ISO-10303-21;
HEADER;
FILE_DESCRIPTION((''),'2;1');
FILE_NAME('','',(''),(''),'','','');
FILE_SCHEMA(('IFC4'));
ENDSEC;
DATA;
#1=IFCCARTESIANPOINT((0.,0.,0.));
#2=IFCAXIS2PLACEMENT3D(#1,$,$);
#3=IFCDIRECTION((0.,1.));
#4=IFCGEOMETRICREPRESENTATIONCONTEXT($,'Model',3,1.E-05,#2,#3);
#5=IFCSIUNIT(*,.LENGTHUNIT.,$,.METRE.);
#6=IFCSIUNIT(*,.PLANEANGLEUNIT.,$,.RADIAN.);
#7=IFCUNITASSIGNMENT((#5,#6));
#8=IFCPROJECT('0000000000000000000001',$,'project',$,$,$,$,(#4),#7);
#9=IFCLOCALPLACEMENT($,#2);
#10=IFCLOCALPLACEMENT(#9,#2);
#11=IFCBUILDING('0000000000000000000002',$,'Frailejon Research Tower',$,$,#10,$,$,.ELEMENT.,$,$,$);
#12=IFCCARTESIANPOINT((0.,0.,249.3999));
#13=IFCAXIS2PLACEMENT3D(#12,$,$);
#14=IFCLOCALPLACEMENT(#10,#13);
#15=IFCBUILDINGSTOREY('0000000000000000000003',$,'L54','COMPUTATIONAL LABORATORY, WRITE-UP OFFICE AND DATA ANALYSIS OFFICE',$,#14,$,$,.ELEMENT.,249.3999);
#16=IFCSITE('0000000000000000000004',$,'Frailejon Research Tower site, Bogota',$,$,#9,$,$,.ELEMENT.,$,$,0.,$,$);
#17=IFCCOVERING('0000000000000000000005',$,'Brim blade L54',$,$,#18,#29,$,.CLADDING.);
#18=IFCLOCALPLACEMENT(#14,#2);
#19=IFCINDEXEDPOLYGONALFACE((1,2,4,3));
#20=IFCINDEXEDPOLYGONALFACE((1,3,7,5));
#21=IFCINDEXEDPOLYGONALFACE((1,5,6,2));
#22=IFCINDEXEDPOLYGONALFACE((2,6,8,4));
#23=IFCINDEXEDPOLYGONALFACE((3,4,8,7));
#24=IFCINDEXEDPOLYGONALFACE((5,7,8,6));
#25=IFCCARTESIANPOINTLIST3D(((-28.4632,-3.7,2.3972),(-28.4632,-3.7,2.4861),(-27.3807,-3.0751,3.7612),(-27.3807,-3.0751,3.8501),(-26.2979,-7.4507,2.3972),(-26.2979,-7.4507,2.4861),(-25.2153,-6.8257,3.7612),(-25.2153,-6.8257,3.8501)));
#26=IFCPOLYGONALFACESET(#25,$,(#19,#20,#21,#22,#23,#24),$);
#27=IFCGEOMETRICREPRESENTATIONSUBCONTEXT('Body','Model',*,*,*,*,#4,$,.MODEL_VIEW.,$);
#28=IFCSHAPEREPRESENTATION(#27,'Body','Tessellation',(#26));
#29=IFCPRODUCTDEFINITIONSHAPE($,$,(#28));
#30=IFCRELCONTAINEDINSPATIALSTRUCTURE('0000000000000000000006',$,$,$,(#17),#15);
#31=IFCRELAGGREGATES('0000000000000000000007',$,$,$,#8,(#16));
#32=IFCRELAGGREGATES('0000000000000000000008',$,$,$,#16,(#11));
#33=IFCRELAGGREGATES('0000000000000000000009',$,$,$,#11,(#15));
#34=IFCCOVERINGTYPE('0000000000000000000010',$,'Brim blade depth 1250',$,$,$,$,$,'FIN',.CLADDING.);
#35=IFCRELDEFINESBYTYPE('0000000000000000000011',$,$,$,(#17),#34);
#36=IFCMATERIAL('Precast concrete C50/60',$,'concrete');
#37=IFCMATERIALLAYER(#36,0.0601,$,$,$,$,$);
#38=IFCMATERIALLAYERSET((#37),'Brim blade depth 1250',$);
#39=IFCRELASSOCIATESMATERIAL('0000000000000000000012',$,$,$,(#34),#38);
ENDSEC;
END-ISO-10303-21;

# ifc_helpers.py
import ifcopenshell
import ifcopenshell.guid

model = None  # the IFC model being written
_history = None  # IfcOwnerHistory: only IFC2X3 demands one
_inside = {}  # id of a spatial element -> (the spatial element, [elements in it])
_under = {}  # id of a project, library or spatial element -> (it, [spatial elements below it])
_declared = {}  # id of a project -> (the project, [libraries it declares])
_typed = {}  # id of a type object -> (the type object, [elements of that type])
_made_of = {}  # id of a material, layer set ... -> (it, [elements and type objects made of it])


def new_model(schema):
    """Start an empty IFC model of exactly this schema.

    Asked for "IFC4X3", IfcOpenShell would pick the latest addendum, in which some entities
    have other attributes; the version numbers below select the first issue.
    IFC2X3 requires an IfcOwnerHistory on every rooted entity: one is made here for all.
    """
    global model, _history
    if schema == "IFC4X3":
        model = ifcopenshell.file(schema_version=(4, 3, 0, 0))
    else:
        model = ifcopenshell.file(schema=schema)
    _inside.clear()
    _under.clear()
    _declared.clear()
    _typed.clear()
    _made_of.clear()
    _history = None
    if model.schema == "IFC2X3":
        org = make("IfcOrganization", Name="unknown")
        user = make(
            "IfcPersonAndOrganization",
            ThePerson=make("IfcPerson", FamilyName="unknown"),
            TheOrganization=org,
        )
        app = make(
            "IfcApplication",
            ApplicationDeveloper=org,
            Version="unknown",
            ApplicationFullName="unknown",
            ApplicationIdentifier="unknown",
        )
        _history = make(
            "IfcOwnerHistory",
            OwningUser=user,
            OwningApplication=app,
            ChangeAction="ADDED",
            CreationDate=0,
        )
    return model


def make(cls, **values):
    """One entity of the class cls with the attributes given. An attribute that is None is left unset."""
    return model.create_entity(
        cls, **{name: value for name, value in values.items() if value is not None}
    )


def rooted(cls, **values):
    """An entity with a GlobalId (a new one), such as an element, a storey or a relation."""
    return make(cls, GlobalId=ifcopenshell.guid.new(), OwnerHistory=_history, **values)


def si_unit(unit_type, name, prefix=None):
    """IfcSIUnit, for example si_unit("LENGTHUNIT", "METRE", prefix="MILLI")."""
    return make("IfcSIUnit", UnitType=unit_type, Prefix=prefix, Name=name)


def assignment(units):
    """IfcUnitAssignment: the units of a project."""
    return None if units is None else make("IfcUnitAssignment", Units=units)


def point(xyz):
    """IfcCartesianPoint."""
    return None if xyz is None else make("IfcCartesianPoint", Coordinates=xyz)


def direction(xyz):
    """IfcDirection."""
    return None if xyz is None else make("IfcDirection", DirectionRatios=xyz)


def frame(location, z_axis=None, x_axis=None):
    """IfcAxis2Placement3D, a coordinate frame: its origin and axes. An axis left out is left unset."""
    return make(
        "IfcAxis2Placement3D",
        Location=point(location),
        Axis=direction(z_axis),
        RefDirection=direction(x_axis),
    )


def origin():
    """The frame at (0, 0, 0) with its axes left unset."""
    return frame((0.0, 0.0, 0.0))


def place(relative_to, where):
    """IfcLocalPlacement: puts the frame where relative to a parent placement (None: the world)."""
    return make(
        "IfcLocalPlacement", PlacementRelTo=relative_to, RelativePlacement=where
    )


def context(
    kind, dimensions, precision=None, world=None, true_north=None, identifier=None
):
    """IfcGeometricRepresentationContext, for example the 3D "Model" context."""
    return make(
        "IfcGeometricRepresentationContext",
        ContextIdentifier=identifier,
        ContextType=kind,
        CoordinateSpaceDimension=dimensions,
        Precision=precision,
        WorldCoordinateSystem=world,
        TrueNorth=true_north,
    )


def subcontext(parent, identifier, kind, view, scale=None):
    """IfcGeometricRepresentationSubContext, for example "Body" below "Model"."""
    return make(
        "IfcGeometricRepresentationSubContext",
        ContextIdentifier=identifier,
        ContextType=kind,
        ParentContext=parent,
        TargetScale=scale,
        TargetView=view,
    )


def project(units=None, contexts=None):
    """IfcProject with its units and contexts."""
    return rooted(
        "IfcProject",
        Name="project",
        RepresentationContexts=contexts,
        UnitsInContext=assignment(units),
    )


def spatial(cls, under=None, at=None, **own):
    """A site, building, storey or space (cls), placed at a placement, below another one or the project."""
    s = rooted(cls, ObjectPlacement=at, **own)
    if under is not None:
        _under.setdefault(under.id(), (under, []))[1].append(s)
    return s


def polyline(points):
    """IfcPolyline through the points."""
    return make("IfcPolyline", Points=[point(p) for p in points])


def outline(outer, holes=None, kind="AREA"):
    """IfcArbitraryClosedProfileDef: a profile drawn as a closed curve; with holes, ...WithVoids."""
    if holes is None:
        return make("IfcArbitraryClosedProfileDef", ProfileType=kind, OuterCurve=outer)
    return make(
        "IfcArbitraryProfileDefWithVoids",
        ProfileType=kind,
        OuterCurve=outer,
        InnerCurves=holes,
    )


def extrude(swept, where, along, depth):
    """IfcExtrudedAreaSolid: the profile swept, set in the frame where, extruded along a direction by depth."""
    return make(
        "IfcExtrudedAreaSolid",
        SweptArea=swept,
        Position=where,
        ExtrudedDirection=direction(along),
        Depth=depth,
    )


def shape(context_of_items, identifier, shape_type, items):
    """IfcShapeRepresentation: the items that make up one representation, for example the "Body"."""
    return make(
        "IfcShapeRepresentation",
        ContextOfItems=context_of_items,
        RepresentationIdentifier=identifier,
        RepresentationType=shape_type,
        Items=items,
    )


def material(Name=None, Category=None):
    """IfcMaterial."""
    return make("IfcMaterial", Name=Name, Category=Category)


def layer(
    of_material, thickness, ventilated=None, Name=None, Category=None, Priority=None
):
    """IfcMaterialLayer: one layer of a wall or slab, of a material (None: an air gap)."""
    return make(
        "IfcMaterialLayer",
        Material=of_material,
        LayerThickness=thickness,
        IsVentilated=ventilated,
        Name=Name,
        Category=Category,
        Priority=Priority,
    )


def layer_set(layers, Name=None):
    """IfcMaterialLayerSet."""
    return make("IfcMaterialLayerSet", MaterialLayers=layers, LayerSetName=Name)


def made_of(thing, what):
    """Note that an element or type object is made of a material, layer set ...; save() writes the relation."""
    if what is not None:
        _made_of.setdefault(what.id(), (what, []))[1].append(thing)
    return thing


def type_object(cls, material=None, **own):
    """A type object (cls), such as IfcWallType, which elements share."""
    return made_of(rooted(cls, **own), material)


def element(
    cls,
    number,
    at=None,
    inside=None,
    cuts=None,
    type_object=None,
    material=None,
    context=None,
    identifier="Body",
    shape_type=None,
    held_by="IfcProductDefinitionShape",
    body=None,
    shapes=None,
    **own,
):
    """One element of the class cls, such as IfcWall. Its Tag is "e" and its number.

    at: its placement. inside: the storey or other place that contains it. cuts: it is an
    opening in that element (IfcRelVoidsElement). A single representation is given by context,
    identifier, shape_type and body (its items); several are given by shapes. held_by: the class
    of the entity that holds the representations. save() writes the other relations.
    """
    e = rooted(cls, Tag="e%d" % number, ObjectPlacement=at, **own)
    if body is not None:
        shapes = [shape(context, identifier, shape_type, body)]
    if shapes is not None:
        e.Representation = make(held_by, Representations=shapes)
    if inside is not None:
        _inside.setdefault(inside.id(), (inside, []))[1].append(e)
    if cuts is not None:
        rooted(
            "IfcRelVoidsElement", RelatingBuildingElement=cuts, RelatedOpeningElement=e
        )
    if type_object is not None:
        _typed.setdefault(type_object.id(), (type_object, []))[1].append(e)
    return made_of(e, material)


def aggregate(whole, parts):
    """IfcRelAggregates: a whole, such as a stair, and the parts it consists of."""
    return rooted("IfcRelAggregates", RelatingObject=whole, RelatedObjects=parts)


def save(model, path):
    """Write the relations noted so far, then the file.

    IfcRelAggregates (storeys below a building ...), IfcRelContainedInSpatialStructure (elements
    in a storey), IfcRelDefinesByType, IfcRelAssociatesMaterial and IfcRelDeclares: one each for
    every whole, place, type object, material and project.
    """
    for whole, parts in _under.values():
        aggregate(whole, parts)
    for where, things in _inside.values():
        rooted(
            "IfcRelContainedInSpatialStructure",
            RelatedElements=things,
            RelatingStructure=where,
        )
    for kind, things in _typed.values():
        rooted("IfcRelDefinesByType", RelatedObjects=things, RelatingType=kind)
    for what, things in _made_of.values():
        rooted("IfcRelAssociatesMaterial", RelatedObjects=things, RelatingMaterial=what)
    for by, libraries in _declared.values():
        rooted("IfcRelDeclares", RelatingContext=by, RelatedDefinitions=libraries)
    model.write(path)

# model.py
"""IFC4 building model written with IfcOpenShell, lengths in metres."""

from ifc_helpers import new_model, si_unit, direction, frame, origin, place, context, subcontext, project, spatial, polyline, outline, extrude, material, layer, layer_set, type_object, element, save


model = new_model("IFC4")

# Units and contexts
model_context = context("Model", 3, precision=1e-05, world=origin(), true_north=direction((0.0, 1.0)))
body_context = subcontext(model_context, "Body", "Model", "MODEL_VIEW")
ifc_project = project(units=[si_unit("LENGTHUNIT", "METRE"), si_unit("PLANEANGLEUNIT", "RADIAN")], contexts=[model_context])

# Site, building, storey
site_placement = place(None, origin())
site = spatial("IfcSite", under=ifc_project, at=site_placement, Name="Frailejon Research Tower site, Bogota", CompositionType="ELEMENT", RefElevation=0.0)
building_placement = place(site_placement, origin())
building = spatial("IfcBuilding", under=site, at=building_placement, Name="Frailejon Research Tower", CompositionType="ELEMENT")
storey_placement = place(building_placement, frame((0.0, 0.0, 249.3999)))
storey = spatial("IfcBuildingStorey", under=building, at=storey_placement, Name="L54", Description="COMPUTATIONAL LABORATORY, WRITE-UP OFFICE AND DATA ANALYSIS OFFICE", CompositionType="ELEMENT", Elevation=249.3999)

# Covering
ifc_material_1 = material(Name="Precast concrete C50/60", Category="concrete")
ifc_layer_1 = layer(ifc_material_1, 0.0601)
ifc_layer_set_1 = layer_set([ifc_layer_1], Name="Brim blade depth 1250")
covering_type_1 = type_object("IfcCoveringType", Name="Brim blade depth 1250", ElementType="FIN", PredefinedType="CLADDING", material=ifc_layer_set_1)
covering_1_placement = place(storey_placement, frame((-25.2153, -6.8257, 3.8501), z_axis=(-0.499989, 0.866032, 0.0), x_axis=(-0.866032, -0.499989, 0.0)))
element("IfcCovering", 1, at=covering_1_placement, inside=storey, type_object=covering_type_1, Name="Brim blade L54", PredefinedType="CLADDING", context=body_context, shape_type="SweptSolid", body=[
    extrude(outline(polyline([(0.0, -0.0889), (1.25, -1.4529), (1.25, -1.364), (0.0, 0.0), (0.0, -0.0889)])), origin(), (0.0, 0.0, 1.0), 4.3308),
])

save(model, "model.ifc")
